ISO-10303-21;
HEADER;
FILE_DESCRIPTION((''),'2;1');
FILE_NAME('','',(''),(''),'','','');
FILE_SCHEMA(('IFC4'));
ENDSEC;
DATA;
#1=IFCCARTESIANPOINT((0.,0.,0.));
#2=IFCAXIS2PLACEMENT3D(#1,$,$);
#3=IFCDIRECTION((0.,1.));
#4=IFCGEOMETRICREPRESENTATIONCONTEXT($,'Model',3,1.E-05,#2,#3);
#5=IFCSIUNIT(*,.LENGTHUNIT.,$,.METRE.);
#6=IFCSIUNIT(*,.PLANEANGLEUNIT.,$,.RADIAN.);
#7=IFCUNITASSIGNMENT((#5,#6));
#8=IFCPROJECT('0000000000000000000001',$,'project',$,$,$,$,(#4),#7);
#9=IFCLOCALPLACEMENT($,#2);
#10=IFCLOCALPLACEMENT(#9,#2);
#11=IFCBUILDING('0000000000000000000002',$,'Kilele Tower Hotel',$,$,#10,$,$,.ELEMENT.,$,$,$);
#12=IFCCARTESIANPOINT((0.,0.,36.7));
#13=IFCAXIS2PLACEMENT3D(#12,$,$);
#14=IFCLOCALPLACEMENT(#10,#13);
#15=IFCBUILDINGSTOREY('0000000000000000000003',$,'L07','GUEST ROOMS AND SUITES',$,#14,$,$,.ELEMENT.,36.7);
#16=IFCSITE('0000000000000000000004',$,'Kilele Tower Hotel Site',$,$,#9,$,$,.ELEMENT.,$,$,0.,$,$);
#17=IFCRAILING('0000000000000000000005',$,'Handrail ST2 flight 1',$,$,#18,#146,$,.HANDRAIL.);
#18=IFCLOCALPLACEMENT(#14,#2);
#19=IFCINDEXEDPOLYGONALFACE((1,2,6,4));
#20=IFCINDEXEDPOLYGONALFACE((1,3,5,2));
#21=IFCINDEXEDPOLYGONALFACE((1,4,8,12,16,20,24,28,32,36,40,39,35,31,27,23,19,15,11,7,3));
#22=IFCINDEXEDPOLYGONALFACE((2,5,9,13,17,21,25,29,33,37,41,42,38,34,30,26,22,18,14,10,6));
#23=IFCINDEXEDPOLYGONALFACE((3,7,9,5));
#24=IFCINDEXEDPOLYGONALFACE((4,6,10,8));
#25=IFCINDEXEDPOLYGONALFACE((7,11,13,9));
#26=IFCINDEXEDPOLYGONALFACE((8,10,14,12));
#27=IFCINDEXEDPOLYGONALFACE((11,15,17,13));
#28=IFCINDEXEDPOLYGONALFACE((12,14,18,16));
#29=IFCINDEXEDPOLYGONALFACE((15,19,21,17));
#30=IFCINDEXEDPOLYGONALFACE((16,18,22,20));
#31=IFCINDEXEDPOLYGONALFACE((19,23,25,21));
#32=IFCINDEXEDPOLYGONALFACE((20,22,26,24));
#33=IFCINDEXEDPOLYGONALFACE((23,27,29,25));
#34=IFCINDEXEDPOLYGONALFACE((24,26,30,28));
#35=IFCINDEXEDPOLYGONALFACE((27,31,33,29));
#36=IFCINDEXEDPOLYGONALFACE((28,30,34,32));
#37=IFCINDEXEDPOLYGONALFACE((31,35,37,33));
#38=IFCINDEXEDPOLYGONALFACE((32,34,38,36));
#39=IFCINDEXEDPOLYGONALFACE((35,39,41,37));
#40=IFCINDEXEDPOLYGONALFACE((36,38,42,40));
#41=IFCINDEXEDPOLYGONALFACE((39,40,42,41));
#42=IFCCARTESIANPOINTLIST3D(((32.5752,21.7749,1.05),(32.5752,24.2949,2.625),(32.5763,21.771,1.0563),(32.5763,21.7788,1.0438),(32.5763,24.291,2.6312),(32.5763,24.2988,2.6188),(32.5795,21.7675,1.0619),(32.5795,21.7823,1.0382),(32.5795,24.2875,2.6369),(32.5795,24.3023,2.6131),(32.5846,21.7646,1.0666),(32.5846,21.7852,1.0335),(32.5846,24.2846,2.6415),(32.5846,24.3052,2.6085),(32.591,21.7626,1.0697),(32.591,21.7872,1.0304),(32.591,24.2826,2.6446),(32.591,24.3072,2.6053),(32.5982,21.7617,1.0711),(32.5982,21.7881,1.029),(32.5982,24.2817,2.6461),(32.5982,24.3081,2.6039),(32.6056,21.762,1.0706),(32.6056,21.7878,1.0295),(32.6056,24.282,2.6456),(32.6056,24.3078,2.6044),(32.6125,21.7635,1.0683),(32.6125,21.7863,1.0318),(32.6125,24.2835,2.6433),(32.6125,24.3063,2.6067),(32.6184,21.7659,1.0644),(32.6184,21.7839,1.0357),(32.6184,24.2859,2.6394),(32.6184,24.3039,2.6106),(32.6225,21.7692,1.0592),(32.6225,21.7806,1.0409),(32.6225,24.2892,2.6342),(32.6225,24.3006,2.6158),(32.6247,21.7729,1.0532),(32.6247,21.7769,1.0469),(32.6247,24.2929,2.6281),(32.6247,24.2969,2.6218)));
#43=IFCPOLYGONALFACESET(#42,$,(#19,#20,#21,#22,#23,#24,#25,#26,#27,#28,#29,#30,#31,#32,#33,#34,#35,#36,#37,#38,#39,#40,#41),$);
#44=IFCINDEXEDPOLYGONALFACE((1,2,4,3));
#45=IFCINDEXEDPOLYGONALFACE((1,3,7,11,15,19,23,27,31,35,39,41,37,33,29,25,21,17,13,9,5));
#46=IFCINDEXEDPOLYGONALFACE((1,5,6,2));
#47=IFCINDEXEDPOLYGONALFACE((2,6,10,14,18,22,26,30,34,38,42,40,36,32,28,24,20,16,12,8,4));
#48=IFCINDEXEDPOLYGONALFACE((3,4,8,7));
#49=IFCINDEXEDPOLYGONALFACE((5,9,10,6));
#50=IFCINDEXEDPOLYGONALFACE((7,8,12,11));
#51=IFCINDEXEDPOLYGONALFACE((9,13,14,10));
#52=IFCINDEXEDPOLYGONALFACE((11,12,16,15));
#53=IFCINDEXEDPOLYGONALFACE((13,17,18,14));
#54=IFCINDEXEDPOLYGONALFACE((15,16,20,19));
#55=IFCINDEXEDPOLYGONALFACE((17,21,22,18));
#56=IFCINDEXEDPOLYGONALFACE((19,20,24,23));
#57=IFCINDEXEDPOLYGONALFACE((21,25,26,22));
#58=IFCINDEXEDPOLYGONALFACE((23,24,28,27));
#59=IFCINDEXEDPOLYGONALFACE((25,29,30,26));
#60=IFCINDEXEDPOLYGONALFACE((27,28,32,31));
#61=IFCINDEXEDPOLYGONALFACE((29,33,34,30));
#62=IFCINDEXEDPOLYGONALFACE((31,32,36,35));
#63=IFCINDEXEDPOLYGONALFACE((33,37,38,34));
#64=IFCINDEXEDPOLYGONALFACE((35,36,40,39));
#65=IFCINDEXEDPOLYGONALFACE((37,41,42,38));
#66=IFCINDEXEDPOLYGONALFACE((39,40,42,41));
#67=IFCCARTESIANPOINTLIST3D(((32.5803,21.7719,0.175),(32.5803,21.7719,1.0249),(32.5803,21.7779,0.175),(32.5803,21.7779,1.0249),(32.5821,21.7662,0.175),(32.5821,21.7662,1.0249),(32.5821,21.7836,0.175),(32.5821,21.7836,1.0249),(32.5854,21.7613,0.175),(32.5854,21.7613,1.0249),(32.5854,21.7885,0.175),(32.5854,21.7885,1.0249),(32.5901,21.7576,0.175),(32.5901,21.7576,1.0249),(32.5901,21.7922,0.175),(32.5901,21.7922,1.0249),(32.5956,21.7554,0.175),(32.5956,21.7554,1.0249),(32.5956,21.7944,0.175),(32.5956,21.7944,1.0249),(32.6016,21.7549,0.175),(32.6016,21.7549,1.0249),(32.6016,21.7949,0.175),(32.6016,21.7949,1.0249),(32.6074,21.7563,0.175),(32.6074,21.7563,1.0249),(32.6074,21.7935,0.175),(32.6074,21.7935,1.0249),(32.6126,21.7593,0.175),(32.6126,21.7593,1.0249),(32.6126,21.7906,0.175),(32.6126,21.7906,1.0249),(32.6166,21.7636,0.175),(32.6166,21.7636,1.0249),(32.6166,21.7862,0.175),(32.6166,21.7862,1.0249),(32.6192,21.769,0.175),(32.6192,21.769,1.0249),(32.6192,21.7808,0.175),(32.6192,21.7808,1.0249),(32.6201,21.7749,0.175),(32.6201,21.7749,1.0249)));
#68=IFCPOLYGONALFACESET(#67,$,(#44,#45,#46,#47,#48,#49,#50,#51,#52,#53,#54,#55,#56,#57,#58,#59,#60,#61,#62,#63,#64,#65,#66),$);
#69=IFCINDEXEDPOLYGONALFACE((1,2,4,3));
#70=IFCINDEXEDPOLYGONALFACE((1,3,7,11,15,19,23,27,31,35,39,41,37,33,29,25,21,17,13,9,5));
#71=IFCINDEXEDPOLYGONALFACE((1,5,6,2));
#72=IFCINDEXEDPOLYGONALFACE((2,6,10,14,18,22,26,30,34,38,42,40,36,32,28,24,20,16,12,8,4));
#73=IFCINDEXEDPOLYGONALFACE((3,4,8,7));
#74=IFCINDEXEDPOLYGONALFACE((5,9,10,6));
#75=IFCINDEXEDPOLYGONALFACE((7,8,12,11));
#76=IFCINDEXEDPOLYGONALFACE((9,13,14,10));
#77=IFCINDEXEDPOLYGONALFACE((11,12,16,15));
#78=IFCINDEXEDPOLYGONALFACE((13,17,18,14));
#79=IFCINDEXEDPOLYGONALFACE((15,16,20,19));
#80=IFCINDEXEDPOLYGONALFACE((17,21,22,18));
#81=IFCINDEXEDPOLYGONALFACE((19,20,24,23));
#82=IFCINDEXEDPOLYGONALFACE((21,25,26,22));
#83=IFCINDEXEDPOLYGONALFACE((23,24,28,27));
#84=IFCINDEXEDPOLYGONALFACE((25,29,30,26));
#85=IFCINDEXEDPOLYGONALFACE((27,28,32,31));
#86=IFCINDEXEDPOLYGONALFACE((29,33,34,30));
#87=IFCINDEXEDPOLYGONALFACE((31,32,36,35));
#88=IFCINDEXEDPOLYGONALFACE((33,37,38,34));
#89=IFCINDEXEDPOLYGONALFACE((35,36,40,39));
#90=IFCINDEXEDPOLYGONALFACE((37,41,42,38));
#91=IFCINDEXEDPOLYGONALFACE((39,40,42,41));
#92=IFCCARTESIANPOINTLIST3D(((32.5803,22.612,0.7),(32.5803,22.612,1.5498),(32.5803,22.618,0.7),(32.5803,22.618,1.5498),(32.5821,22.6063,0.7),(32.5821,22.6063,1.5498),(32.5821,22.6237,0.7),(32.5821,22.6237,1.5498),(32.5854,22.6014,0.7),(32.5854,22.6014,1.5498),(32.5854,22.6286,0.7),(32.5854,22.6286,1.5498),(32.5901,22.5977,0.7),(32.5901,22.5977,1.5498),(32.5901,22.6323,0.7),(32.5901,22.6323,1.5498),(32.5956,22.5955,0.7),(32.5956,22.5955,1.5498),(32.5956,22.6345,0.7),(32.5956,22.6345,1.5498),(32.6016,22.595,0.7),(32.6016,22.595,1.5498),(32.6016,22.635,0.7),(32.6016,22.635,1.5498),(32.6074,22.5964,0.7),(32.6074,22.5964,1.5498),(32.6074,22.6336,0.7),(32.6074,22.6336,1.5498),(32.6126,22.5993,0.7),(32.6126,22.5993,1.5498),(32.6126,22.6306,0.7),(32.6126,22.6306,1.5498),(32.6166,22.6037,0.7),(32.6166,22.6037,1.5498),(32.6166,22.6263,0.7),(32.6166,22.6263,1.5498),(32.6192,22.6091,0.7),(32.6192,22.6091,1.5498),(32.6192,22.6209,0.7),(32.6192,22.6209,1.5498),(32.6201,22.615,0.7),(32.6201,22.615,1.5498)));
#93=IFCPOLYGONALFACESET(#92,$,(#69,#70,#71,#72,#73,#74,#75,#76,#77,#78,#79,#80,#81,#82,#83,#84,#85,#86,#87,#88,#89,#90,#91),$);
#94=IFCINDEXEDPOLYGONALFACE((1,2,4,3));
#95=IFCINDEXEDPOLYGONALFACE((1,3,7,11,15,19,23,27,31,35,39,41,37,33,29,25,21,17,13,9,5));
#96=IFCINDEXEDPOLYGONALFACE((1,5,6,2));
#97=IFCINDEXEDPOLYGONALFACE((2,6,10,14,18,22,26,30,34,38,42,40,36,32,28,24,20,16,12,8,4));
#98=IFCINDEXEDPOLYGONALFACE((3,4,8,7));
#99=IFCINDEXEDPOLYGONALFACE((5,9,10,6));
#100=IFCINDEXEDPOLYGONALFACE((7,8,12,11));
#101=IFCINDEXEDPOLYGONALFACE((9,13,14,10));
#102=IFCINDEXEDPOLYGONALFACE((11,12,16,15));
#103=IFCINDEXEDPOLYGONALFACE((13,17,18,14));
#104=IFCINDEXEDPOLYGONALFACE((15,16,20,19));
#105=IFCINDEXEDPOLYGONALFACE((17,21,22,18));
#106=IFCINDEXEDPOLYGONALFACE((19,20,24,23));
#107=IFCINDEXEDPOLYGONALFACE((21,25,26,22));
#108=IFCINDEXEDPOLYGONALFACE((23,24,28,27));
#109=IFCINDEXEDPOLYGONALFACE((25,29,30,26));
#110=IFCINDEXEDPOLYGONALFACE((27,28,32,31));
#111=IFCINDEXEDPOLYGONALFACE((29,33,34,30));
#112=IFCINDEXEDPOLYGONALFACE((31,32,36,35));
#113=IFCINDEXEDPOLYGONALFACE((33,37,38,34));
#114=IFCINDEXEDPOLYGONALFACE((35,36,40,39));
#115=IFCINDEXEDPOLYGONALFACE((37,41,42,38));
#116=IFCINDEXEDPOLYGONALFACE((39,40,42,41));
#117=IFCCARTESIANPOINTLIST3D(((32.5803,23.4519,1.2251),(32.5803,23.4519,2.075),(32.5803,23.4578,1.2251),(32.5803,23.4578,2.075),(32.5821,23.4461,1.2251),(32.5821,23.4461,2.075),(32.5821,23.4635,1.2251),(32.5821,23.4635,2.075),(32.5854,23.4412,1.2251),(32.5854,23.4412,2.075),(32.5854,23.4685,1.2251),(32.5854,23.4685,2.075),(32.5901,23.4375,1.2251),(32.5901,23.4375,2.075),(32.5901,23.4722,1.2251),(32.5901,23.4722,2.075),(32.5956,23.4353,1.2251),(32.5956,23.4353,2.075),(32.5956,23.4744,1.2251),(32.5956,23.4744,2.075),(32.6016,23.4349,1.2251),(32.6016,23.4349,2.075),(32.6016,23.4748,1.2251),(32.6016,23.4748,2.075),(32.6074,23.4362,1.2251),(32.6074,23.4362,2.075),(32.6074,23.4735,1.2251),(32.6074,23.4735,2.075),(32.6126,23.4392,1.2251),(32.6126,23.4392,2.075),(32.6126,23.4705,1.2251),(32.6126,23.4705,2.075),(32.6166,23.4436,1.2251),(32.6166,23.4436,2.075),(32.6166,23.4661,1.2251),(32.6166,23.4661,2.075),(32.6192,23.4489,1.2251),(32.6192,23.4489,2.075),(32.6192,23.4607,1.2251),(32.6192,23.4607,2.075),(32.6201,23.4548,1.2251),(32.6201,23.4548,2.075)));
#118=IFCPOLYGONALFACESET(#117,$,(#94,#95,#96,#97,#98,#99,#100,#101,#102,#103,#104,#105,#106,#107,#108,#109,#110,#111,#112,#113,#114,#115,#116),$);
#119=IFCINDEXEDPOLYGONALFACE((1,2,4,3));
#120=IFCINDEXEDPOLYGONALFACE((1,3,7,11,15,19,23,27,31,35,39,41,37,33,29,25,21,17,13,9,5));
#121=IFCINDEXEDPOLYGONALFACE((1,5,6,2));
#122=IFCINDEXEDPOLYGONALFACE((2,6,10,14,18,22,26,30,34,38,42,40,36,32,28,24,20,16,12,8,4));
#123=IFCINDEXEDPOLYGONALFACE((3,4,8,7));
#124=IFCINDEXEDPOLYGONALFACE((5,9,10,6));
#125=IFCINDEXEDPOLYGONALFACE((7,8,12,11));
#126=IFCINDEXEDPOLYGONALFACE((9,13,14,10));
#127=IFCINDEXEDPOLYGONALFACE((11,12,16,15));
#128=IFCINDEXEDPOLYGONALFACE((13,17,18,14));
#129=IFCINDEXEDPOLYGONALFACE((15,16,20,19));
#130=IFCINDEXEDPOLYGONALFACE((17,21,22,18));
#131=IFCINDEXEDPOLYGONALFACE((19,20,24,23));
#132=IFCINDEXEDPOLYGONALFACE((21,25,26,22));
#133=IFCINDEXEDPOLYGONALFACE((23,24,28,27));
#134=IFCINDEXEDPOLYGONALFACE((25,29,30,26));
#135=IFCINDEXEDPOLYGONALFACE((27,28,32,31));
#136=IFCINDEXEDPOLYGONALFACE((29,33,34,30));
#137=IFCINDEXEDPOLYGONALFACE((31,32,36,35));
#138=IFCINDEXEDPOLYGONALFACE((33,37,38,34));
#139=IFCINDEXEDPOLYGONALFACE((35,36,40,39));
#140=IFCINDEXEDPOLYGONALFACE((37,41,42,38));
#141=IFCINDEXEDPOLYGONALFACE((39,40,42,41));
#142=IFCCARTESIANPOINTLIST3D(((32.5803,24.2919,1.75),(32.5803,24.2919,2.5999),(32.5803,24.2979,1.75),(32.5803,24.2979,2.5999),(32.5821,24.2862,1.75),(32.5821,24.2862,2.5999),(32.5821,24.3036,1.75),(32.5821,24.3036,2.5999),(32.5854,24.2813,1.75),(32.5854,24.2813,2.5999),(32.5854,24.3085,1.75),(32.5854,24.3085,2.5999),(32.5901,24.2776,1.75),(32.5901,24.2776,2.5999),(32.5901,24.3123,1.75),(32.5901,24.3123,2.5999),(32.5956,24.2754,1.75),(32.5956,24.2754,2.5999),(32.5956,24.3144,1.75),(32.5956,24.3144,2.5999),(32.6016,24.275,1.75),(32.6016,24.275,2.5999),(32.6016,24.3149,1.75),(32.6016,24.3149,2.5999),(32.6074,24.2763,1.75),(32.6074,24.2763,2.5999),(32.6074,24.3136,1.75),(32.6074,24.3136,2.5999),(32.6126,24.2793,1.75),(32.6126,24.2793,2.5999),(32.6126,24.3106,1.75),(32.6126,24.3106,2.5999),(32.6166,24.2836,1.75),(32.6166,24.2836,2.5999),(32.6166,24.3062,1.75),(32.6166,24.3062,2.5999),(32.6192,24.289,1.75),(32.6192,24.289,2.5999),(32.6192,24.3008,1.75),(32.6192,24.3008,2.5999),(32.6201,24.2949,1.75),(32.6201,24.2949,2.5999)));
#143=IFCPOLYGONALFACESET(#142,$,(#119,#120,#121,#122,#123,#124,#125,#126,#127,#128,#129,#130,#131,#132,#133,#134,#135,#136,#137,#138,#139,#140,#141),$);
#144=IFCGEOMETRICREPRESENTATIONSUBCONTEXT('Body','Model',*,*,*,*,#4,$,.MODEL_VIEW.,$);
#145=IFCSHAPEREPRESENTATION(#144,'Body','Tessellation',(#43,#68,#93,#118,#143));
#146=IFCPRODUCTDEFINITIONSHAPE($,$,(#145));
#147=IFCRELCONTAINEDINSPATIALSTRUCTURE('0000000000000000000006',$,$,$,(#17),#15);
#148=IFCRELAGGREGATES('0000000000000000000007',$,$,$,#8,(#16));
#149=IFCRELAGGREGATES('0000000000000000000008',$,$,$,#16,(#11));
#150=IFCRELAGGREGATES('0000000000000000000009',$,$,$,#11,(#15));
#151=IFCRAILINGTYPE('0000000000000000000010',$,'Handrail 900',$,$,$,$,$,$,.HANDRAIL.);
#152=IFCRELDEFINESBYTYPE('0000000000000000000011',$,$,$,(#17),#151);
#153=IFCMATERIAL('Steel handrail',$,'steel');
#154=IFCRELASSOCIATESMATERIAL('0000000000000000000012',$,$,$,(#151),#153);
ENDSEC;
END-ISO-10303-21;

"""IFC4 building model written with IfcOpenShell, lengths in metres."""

from ifc_helpers import new_model, si_unit, direction, frame, origin, origin_2d, place, context, subcontext, project, spatial, circle, extrude, material, type_object, element, save


model = new_model("IFC4")

# Units and contexts
model_context = context("Model", 3, precision=1e-05, world=origin(), true_north=direction((0.0, 1.0)))
body_context = subcontext(model_context, "Body", "Model", "MODEL_VIEW")
ifc_project = project(units=[si_unit("LENGTHUNIT", "METRE"), si_unit("PLANEANGLEUNIT", "RADIAN")], contexts=[model_context])

# Site, building, storey
site_placement = place(None, origin())
site = spatial("IfcSite", under=ifc_project, at=site_placement, Name="Kilele Tower Hotel Site", CompositionType="ELEMENT", RefElevation=0.0)
building_placement = place(site_placement, origin())
building = spatial("IfcBuilding", under=site, at=building_placement, Name="Kilele Tower Hotel", CompositionType="ELEMENT")
storey_placement = place(building_placement, frame((0.0, 0.0, 36.7)))
storey = spatial("IfcBuildingStorey", under=building, at=storey_placement, Name="L07", Description="GUEST ROOMS AND SUITES", CompositionType="ELEMENT", Elevation=36.7)

# Railing
ifc_material_1 = material(Name="Steel handrail", Category="steel")
railing_type_1 = type_object("IfcRailingType", Name="Handrail 900", PredefinedType="HANDRAIL", material=ifc_material_1)
for number, where, name in (
    (1, (32.6001, 21.7749, 0.175), "Handrail ST2 flight 1"),
):
    element("IfcRailing", number, at=place(storey_placement, frame(where)), inside=storey, type_object=railing_type_1, Name=name, PredefinedType="HANDRAIL", context=body_context, shape_type="SweptSolid", body=[
        extrude(circle(Radius=0.0249, at=origin_2d()), frame((0.0, 0.0, 0.875), z_axis=(0.0, 0.848008, 0.529984), x_axis=(-1.0, 0.0, 0.0)), (0.0, 0.0, 1.0), 2.9717),
        extrude(circle(Radius=0.02, at=origin_2d()), origin(), (0.0, 0.0, 1.0), 0.8499),
        extrude(circle(Radius=0.02, at=origin_2d()), frame((0.0, 0.8401, 0.5249)), (0.0, 0.0, 1.0), 0.8499),
        extrude(circle(Radius=0.02, at=origin_2d()), frame((0.0, 1.6799, 1.05)), (0.0, 0.0, 1.0), 0.8499),
        extrude(circle(Radius=0.02, at=origin_2d()), frame((0.0, 2.52, 1.575)), (0.0, 0.0, 1.0), 0.8499),
    ])

save(model, "model.ifc")
